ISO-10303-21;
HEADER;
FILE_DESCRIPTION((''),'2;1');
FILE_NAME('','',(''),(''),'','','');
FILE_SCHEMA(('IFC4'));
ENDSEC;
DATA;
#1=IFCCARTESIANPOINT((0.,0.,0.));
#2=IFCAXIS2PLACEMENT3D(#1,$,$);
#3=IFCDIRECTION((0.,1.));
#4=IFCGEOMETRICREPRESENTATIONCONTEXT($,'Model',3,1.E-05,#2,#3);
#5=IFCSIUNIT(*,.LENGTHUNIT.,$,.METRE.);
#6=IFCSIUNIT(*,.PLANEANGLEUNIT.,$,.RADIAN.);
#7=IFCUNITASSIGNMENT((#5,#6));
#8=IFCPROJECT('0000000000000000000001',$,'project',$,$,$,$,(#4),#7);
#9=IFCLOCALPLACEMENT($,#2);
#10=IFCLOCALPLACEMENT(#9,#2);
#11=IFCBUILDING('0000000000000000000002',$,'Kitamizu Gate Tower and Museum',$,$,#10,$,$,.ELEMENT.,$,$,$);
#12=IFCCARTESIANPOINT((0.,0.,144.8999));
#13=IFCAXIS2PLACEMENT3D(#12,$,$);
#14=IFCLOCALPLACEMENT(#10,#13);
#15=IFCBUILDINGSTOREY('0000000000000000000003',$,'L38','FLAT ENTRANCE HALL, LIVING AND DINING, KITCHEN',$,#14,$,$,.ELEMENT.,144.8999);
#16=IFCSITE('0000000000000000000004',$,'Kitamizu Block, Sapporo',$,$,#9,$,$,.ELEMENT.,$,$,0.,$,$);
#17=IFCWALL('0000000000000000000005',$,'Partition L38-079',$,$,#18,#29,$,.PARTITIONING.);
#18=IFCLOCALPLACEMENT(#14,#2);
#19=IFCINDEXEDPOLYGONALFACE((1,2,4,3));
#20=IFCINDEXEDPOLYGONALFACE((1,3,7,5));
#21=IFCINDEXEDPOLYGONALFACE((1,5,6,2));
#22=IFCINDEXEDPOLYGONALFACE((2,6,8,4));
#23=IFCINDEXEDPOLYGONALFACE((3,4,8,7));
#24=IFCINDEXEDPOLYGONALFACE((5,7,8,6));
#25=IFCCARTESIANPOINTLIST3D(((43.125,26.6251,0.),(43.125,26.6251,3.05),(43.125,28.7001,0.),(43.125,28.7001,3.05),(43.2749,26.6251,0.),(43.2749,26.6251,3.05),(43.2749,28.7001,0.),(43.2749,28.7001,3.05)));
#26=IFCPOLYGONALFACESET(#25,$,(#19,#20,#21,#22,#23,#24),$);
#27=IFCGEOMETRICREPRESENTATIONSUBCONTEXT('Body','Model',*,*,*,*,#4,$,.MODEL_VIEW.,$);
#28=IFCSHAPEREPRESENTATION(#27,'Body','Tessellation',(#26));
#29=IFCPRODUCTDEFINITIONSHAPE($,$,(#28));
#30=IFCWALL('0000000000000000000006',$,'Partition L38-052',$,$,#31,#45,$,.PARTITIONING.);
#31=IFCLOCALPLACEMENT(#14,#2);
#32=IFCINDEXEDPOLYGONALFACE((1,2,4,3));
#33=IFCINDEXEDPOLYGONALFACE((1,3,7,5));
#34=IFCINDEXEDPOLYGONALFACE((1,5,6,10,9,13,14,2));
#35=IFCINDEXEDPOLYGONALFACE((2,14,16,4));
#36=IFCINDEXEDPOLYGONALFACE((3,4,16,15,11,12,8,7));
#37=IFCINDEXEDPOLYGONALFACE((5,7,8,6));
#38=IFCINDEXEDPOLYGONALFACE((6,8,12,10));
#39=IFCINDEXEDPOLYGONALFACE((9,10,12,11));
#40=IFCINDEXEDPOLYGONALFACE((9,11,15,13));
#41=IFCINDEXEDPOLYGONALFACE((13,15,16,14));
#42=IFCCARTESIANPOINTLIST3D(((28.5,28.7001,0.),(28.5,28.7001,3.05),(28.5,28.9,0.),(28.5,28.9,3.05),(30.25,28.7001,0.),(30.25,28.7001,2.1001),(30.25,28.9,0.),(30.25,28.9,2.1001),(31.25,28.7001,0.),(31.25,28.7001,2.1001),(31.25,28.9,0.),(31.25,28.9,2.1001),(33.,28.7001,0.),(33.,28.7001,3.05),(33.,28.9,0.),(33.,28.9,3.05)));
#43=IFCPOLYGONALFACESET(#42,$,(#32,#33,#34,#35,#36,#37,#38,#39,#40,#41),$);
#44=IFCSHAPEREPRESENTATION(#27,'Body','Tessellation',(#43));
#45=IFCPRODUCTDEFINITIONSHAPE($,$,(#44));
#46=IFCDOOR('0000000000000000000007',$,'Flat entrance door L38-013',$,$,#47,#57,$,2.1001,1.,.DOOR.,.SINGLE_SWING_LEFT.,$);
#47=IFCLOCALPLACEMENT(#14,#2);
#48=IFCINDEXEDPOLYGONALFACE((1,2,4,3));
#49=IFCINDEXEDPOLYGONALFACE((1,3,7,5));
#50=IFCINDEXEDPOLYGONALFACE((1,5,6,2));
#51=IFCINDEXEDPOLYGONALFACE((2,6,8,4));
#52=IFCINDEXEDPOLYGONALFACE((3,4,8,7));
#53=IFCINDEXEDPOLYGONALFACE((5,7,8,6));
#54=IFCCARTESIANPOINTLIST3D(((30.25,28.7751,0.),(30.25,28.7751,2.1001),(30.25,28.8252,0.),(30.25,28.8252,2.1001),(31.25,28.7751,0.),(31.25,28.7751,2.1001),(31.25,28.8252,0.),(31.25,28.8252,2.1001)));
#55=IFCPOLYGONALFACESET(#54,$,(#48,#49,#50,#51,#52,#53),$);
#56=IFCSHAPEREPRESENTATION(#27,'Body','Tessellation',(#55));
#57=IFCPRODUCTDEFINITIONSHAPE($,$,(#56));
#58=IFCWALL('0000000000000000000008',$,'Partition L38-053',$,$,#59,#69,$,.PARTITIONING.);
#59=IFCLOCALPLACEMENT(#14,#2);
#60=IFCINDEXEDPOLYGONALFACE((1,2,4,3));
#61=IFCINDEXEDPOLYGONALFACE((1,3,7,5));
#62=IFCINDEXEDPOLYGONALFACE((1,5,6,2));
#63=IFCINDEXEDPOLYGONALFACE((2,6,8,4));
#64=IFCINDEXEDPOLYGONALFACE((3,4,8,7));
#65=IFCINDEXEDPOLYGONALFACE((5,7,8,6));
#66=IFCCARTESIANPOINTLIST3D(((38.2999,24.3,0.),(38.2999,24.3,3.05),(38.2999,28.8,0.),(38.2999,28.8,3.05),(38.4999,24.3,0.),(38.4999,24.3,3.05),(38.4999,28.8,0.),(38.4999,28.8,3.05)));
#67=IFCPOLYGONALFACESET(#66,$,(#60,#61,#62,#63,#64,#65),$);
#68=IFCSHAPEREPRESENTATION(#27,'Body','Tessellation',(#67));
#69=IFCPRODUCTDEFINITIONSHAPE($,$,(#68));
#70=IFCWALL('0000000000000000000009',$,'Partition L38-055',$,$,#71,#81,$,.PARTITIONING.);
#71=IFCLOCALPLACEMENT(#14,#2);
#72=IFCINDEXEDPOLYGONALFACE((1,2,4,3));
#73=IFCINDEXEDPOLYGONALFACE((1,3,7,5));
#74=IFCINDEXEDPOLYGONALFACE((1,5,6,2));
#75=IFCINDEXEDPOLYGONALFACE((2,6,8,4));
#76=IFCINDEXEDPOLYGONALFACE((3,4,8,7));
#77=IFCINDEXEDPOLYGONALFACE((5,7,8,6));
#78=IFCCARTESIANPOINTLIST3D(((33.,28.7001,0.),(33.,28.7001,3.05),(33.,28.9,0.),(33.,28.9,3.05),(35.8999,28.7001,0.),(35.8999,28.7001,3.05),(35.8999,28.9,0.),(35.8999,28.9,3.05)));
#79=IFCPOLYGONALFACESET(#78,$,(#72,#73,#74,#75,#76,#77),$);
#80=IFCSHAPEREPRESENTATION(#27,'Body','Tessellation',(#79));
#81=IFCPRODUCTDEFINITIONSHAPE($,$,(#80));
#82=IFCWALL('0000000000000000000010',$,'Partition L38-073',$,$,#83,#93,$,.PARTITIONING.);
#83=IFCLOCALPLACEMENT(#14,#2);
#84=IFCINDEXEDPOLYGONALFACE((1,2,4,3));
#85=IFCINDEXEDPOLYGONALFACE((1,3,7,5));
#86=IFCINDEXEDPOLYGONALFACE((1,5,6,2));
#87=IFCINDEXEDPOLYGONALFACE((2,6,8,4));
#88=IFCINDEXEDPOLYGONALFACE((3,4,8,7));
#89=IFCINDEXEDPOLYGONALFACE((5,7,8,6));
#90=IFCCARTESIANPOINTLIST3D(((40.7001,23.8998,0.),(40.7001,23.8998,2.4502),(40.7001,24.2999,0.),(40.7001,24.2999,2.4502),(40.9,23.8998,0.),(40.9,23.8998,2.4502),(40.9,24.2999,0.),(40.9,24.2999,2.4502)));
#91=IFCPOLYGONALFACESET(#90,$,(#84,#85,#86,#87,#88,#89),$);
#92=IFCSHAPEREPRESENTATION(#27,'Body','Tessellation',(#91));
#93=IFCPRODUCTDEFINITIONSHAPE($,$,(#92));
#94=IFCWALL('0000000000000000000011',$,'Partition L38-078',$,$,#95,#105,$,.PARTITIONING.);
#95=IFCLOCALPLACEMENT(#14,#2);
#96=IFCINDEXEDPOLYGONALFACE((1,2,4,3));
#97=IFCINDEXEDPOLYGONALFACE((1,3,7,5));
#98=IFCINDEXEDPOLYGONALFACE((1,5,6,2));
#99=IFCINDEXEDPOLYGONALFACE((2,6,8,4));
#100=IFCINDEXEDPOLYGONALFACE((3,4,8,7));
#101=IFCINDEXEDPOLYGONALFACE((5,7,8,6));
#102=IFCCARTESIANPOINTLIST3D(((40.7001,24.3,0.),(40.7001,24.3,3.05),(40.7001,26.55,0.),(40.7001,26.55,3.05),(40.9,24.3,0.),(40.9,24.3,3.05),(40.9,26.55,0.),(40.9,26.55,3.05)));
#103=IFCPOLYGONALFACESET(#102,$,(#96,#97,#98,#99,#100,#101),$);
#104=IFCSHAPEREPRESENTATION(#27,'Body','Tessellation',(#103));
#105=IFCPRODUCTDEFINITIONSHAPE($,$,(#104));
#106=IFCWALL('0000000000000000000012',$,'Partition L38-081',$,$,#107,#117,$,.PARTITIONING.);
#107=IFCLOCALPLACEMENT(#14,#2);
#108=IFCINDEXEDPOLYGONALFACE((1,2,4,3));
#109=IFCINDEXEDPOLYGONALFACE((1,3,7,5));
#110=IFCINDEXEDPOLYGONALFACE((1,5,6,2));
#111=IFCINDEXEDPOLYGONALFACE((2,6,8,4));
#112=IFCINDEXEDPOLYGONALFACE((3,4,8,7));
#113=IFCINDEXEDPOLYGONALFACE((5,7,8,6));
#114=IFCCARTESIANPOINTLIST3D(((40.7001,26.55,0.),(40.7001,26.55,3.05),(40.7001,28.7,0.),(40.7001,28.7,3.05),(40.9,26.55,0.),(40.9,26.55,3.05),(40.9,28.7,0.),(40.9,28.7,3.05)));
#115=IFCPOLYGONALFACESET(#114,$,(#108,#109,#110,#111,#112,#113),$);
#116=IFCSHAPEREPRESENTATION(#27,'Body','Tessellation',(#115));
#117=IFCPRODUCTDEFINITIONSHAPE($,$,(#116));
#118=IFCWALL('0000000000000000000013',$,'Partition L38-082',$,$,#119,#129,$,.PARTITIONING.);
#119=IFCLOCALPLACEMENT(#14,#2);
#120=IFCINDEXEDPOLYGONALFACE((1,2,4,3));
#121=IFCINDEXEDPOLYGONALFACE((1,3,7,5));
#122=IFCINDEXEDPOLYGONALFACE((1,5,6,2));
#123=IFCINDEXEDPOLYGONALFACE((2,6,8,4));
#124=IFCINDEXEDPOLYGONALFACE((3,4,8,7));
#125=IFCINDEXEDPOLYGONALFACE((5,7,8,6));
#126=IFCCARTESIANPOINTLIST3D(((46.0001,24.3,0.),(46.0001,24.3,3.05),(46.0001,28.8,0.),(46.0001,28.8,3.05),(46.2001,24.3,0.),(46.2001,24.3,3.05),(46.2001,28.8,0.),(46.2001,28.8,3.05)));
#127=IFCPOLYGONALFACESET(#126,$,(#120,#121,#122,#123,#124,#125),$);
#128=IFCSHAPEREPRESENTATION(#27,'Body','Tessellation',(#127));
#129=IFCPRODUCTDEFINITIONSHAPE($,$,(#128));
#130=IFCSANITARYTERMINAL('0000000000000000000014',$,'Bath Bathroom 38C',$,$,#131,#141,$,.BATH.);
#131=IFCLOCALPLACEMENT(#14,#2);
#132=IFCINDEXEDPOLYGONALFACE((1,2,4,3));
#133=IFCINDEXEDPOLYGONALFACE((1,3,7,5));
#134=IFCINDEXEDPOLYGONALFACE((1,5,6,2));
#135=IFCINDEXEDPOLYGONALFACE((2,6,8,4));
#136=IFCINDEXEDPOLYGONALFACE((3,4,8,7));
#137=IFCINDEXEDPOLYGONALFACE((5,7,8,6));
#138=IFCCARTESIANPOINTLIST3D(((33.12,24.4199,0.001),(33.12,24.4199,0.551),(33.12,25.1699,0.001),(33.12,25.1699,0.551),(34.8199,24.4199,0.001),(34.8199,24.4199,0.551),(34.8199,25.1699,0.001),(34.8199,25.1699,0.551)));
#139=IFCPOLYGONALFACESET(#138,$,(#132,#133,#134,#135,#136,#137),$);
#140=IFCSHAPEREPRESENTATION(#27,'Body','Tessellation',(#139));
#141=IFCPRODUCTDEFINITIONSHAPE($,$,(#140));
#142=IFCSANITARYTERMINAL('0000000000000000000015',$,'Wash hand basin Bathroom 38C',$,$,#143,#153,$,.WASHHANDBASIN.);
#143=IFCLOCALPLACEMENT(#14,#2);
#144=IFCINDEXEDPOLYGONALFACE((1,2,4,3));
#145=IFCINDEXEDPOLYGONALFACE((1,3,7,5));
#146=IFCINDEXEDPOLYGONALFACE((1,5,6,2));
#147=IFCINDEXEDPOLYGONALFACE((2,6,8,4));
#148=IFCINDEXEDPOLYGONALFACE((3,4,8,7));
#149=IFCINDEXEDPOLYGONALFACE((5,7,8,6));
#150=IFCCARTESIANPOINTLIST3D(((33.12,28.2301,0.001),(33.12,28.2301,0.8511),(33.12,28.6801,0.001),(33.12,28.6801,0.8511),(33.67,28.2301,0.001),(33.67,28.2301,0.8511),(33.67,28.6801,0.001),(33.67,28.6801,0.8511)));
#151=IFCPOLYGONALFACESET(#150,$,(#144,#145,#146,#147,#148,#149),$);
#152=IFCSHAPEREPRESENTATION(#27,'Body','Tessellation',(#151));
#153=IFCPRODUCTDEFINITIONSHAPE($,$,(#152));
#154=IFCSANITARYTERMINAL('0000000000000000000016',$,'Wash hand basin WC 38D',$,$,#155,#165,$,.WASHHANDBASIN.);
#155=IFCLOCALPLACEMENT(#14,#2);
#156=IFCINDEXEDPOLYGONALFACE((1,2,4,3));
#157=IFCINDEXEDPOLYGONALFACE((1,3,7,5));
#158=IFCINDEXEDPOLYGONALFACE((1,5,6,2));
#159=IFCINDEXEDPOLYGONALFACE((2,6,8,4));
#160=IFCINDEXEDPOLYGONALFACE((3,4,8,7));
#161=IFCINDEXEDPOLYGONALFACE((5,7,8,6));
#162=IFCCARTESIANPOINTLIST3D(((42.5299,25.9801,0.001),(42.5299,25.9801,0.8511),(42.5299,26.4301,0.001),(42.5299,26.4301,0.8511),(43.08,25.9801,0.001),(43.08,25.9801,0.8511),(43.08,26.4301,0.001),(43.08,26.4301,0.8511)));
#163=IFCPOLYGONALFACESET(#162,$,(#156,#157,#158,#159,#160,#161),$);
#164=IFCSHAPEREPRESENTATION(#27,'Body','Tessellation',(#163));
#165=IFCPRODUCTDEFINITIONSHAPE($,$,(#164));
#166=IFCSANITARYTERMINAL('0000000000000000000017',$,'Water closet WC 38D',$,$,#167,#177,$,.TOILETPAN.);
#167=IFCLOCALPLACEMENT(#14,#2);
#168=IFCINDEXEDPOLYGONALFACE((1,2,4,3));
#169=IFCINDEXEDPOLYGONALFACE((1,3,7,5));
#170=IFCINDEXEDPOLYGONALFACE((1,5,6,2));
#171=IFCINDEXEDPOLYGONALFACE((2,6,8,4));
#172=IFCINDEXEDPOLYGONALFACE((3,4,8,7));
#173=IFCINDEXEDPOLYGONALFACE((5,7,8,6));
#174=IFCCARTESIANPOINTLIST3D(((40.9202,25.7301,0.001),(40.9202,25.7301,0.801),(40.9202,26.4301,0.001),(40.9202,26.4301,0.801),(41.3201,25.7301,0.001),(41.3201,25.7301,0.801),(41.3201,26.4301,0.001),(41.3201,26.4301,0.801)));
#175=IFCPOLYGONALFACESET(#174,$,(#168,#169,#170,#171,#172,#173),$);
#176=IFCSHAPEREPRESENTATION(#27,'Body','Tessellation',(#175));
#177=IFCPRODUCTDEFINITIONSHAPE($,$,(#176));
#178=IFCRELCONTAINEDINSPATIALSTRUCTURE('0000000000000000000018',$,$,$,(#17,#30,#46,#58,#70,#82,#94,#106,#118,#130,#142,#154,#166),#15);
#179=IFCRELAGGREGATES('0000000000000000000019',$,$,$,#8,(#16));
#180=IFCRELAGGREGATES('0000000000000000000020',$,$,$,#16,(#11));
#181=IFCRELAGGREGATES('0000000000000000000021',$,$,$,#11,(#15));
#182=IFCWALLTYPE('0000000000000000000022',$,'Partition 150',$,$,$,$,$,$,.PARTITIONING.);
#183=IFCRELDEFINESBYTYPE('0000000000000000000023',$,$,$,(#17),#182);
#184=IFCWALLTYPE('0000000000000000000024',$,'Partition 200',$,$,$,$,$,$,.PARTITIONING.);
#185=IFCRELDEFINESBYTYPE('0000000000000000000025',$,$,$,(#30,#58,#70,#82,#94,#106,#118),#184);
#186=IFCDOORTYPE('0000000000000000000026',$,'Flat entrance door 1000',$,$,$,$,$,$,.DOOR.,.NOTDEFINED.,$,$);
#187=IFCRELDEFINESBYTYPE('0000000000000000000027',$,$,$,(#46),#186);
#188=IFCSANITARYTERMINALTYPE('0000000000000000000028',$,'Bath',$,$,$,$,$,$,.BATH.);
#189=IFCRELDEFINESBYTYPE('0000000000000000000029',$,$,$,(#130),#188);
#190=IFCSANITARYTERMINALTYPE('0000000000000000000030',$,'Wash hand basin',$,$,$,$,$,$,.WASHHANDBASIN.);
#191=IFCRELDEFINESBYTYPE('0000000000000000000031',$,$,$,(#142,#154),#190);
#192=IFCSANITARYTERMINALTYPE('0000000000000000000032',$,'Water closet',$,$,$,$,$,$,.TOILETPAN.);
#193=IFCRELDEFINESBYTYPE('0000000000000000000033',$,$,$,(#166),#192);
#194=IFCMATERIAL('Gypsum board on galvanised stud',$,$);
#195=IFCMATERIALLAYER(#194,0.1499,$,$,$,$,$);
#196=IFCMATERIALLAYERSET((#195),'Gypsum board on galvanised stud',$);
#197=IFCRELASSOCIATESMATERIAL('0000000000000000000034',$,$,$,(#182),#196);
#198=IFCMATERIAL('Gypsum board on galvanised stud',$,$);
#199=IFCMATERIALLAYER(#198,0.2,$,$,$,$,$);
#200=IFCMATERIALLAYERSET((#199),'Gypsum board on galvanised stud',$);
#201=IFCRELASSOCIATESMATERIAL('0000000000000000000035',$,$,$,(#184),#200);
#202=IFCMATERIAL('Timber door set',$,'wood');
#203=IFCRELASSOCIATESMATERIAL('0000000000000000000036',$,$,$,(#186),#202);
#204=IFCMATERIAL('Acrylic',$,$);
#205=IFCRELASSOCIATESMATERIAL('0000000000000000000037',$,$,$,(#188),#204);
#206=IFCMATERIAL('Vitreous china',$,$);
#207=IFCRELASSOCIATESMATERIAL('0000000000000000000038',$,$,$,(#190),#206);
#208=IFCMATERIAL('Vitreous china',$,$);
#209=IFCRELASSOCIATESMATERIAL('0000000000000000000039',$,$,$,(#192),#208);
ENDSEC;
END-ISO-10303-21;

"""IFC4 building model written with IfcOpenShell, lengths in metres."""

from ifc_helpers import new_model, si_unit, direction, frame, frame_2d, origin, origin_2d, place, context, subcontext, project, spatial, rectangle, extrude, material, layer, layer_set, type_object, element, fill, save


model = new_model("IFC4")

# Units and contexts
model_context = context("Model", 3, precision=1e-05, world=origin(), true_north=direction((0.0, 1.0)))
body_context = subcontext(model_context, "Body", "Model", "MODEL_VIEW")
ifc_project = project(units=[si_unit("LENGTHUNIT", "METRE"), si_unit("PLANEANGLEUNIT", "RADIAN")], contexts=[model_context])

# Site, building, storey
site_placement = place(None, origin())
site = spatial("IfcSite", under=ifc_project, at=site_placement, Name="Kitamizu Block, Sapporo", CompositionType="ELEMENT", RefElevation=0.0)
building_placement = place(site_placement, origin())
building = spatial("IfcBuilding", under=site, at=building_placement, Name="Kitamizu Gate Tower and Museum", CompositionType="ELEMENT")
storey_placement = place(building_placement, frame((0.0, 0.0, 144.8999)))
storey = spatial("IfcBuildingStorey", under=building, at=storey_placement, Name="L38", Description="FLAT ENTRANCE HALL, LIVING AND DINING, KITCHEN", CompositionType="ELEMENT", Elevation=144.8999)

# Shared definitions
ifc_material_1 = material(Name="Gypsum board on galvanised stud")
ifc_layer_1 = layer(ifc_material_1, 0.1499)
ifc_layer_set_1 = layer_set([ifc_layer_1], Name="Gypsum board on galvanised stud")
wall_type_1 = type_object("IfcWallType", Name="Partition 150", PredefinedType="PARTITIONING", material=ifc_layer_set_1)

# Wall
wall_1_placement = place(storey_placement, frame((43.2, 26.625, 0.0), z_axis=(0.0, 0.0, 1.0), x_axis=(0.0, 1.0, 0.0)))
element("IfcWall", 1, at=wall_1_placement, inside=storey, type_object=wall_type_1, Name="Partition L38-079", PredefinedType="PARTITIONING", context=body_context, shape_type="SweptSolid", body=[
    extrude(rectangle(XDim=2.075, YDim=0.1499, at=frame_2d((1.0376, 0.0))), origin(), (0.0, 0.0, 1.0), 3.05),
])

# Wall, opening, door
ifc_material_2 = material(Name="Gypsum board on galvanised stud")
ifc_layer_2 = layer(ifc_material_2, 0.2)
ifc_layer_set_2 = layer_set([ifc_layer_2], Name="Gypsum board on galvanised stud")
wall_type_2 = type_object("IfcWallType", Name="Partition 200", PredefinedType="PARTITIONING", material=ifc_layer_set_2)
wall_2_placement = place(storey_placement, frame((33.0, 28.8, 0.0), z_axis=(0.0, 0.0, 1.0), x_axis=(-1.0, 0.0, 0.0)))
wall_2 = element("IfcWall", 2, at=wall_2_placement, inside=storey, type_object=wall_type_2, Name="Partition L38-052", PredefinedType="PARTITIONING", context=body_context, shape_type="SweptSolid", body=[
    extrude(rectangle(XDim=4.5, YDim=0.2, at=frame_2d((2.25, 0.0))), origin(), (0.0, 0.0, 1.0), 3.05),
])
opening_1_placement = place(wall_2_placement, frame((1.75, 0.0, 0.0)))
opening_1 = element("IfcOpeningElement", 3, at=opening_1_placement, cuts=wall_2, PredefinedType="OPENING", context=body_context, shape_type="SweptSolid", body=[
    extrude(rectangle(XDim=1.0, YDim=2.1001, at=frame_2d((0.5, 1.05))), frame((0.0, 0.1099, 0.0), z_axis=(0.0, -1.0, 0.0), x_axis=(1.0, 0.0, 0.0)), (0.0, 0.0, 1.0), 0.22),
])
ifc_material_3 = material(Name="Timber door set", Category="wood")
door_type_1 = type_object("IfcDoorType", Name="Flat entrance door 1000", OperationType="NOTDEFINED", PredefinedType="DOOR", material=ifc_material_3)
door_1_placement = place(opening_1_placement, origin())
door_1 = element("IfcDoor", 4, at=door_1_placement, inside=storey, type_object=door_type_1, Name="Flat entrance door L38-013", OperationType="SINGLE_SWING_LEFT", OverallHeight=2.1001, OverallWidth=1.0, PredefinedType="DOOR", context=body_context, shape_type="SweptSolid", body=[
    extrude(rectangle(XDim=1.0, YDim=2.1001, at=frame_2d((0.5, 1.05))), frame((0.0, 0.0249, 0.0), z_axis=(0.0, -1.0, 0.0), x_axis=(1.0, 0.0, 0.0)), (0.0, 0.0, 1.0), 0.05),
])
fill(opening_1, door_1)

# Walls
wall_3_placement = place(storey_placement, frame((38.3999, 24.3, 0.0), z_axis=(0.0, 0.0, 1.0), x_axis=(0.0, 1.0, 0.0)))
element("IfcWall", 5, at=wall_3_placement, inside=storey, type_object=wall_type_2, Name="Partition L38-053", PredefinedType="PARTITIONING", context=body_context, shape_type="SweptSolid", body=[
    extrude(rectangle(XDim=4.5, YDim=0.2, at=frame_2d((2.25, 0.0))), origin(), (0.0, 0.0, 1.0), 3.05),
])
wall_4_placement = place(storey_placement, frame((35.8999, 28.8, 0.0), z_axis=(0.0, 0.0, 1.0), x_axis=(-1.0, 0.0, 0.0)))
element("IfcWall", 6, at=wall_4_placement, inside=storey, type_object=wall_type_2, Name="Partition L38-055", PredefinedType="PARTITIONING", context=body_context, shape_type="SweptSolid", body=[
    extrude(rectangle(XDim=2.8999, YDim=0.2, at=frame_2d((1.45, 0.0))), origin(), (0.0, 0.0, 1.0), 3.05),
])
wall_5_placement = place(storey_placement, frame((40.8, 24.3, 0.0), z_axis=(0.0, 0.0, 1.0), x_axis=(0.0, -1.0, 0.0)))
element("IfcWall", 7, at=wall_5_placement, inside=storey, type_object=wall_type_2, Name="Partition L38-073", PredefinedType="PARTITIONING", context=body_context, shape_type="SweptSolid", body=[
    extrude(rectangle(XDim=0.4001, YDim=0.2, at=frame_2d((0.2002, 0.0))), origin(), (0.0, 0.0, 1.0), 2.4502),
])
wall_6_placement = place(storey_placement, frame((40.8, 26.55, 0.0), z_axis=(0.0, 0.0, 1.0), x_axis=(0.0, -1.0, 0.0)))
element("IfcWall", 8, at=wall_6_placement, inside=storey, type_object=wall_type_2, Name="Partition L38-078", PredefinedType="PARTITIONING", context=body_context, shape_type="SweptSolid", body=[
    extrude(rectangle(XDim=2.25, YDim=0.2, at=frame_2d((1.125, 0.0))), origin(), (0.0, 0.0, 1.0), 3.05),
])
wall_7_placement = place(storey_placement, frame((40.8, 28.7, 0.0), z_axis=(0.0, 0.0, 1.0), x_axis=(0.0, -1.0, 0.0)))
element("IfcWall", 9, at=wall_7_placement, inside=storey, type_object=wall_type_2, Name="Partition L38-081", PredefinedType="PARTITIONING", context=body_context, shape_type="SweptSolid", body=[
    extrude(rectangle(XDim=2.1499, YDim=0.2, at=frame_2d((1.075, 0.0))), origin(), (0.0, 0.0, 1.0), 3.05),
])
wall_8_placement = place(storey_placement, frame((46.1001, 24.3, 0.0), z_axis=(0.0, 0.0, 1.0), x_axis=(0.0, 1.0, 0.0)))
element("IfcWall", 10, at=wall_8_placement, inside=storey, type_object=wall_type_2, Name="Partition L38-082", PredefinedType="PARTITIONING", context=body_context, shape_type="SweptSolid", body=[
    extrude(rectangle(XDim=4.5, YDim=0.2, at=frame_2d((2.25, 0.0))), origin(), (0.0, 0.0, 1.0), 3.05),
])

# Sanitary terminals
ifc_material_4 = material(Name="Acrylic")
sanitary_terminal_type_1 = type_object("IfcSanitaryTerminalType", Name="Bath", PredefinedType="BATH", material=ifc_material_4)
sanitary_terminal_1_placement = place(storey_placement, frame((33.97, 24.7949, 0.001), z_axis=(0.0, 0.0, 1.0), x_axis=(1.0, 0.0, 0.0)))
element("IfcSanitaryTerminal", 11, at=sanitary_terminal_1_placement, inside=storey, type_object=sanitary_terminal_type_1, Name="Bath Bathroom 38C", PredefinedType="BATH", context=body_context, shape_type="SweptSolid", body=[
    extrude(rectangle(XDim=1.7, YDim=0.75, at=origin_2d()), origin(), (0.0, 0.0, 1.0), 0.55),
])
ifc_material_5 = material(Name="Vitreous china")
sanitary_terminal_type_2 = type_object("IfcSanitaryTerminalType", Name="Wash hand basin", PredefinedType="WASHHANDBASIN", material=ifc_material_5)
for number, where, z_axis, x_axis, name in (
    (12, (33.395, 28.4551, 0.001), (0.0, 0.0, 1.0), (1.0, 0.0, 0.0), "Wash hand basin Bathroom 38C"),
    (13, (42.8049, 26.2051, 0.001), (0.0, 0.0, 1.0), (1.0, 0.0, 0.0), "Wash hand basin WC 38D"),
):
    element("IfcSanitaryTerminal", number, at=place(storey_placement, frame(where, z_axis=z_axis, x_axis=x_axis)), inside=storey, type_object=sanitary_terminal_type_2, Name=name, PredefinedType="WASHHANDBASIN", context=body_context, shape_type="SweptSolid", body=[
        extrude(rectangle(XDim=0.55, YDim=0.45, at=origin_2d()), origin(), (0.0, 0.0, 1.0), 0.8501),
    ])
ifc_material_6 = material(Name="Vitreous china")
sanitary_terminal_type_3 = type_object("IfcSanitaryTerminalType", Name="Water closet", PredefinedType="TOILETPAN", material=ifc_material_6)
sanitary_terminal_2_placement = place(storey_placement, frame((41.1201, 26.0801, 0.001), z_axis=(0.0, 0.0, 1.0), x_axis=(1.0, 0.0, 0.0)))
element("IfcSanitaryTerminal", 14, at=sanitary_terminal_2_placement, inside=storey, type_object=sanitary_terminal_type_3, Name="Water closet WC 38D", PredefinedType="TOILETPAN", context=body_context, shape_type="SweptSolid", body=[
    extrude(rectangle(XDim=0.3999, YDim=0.7, at=origin_2d()), origin(), (0.0, 0.0, 1.0), 0.8),
])

save(model, "model.ifc")
